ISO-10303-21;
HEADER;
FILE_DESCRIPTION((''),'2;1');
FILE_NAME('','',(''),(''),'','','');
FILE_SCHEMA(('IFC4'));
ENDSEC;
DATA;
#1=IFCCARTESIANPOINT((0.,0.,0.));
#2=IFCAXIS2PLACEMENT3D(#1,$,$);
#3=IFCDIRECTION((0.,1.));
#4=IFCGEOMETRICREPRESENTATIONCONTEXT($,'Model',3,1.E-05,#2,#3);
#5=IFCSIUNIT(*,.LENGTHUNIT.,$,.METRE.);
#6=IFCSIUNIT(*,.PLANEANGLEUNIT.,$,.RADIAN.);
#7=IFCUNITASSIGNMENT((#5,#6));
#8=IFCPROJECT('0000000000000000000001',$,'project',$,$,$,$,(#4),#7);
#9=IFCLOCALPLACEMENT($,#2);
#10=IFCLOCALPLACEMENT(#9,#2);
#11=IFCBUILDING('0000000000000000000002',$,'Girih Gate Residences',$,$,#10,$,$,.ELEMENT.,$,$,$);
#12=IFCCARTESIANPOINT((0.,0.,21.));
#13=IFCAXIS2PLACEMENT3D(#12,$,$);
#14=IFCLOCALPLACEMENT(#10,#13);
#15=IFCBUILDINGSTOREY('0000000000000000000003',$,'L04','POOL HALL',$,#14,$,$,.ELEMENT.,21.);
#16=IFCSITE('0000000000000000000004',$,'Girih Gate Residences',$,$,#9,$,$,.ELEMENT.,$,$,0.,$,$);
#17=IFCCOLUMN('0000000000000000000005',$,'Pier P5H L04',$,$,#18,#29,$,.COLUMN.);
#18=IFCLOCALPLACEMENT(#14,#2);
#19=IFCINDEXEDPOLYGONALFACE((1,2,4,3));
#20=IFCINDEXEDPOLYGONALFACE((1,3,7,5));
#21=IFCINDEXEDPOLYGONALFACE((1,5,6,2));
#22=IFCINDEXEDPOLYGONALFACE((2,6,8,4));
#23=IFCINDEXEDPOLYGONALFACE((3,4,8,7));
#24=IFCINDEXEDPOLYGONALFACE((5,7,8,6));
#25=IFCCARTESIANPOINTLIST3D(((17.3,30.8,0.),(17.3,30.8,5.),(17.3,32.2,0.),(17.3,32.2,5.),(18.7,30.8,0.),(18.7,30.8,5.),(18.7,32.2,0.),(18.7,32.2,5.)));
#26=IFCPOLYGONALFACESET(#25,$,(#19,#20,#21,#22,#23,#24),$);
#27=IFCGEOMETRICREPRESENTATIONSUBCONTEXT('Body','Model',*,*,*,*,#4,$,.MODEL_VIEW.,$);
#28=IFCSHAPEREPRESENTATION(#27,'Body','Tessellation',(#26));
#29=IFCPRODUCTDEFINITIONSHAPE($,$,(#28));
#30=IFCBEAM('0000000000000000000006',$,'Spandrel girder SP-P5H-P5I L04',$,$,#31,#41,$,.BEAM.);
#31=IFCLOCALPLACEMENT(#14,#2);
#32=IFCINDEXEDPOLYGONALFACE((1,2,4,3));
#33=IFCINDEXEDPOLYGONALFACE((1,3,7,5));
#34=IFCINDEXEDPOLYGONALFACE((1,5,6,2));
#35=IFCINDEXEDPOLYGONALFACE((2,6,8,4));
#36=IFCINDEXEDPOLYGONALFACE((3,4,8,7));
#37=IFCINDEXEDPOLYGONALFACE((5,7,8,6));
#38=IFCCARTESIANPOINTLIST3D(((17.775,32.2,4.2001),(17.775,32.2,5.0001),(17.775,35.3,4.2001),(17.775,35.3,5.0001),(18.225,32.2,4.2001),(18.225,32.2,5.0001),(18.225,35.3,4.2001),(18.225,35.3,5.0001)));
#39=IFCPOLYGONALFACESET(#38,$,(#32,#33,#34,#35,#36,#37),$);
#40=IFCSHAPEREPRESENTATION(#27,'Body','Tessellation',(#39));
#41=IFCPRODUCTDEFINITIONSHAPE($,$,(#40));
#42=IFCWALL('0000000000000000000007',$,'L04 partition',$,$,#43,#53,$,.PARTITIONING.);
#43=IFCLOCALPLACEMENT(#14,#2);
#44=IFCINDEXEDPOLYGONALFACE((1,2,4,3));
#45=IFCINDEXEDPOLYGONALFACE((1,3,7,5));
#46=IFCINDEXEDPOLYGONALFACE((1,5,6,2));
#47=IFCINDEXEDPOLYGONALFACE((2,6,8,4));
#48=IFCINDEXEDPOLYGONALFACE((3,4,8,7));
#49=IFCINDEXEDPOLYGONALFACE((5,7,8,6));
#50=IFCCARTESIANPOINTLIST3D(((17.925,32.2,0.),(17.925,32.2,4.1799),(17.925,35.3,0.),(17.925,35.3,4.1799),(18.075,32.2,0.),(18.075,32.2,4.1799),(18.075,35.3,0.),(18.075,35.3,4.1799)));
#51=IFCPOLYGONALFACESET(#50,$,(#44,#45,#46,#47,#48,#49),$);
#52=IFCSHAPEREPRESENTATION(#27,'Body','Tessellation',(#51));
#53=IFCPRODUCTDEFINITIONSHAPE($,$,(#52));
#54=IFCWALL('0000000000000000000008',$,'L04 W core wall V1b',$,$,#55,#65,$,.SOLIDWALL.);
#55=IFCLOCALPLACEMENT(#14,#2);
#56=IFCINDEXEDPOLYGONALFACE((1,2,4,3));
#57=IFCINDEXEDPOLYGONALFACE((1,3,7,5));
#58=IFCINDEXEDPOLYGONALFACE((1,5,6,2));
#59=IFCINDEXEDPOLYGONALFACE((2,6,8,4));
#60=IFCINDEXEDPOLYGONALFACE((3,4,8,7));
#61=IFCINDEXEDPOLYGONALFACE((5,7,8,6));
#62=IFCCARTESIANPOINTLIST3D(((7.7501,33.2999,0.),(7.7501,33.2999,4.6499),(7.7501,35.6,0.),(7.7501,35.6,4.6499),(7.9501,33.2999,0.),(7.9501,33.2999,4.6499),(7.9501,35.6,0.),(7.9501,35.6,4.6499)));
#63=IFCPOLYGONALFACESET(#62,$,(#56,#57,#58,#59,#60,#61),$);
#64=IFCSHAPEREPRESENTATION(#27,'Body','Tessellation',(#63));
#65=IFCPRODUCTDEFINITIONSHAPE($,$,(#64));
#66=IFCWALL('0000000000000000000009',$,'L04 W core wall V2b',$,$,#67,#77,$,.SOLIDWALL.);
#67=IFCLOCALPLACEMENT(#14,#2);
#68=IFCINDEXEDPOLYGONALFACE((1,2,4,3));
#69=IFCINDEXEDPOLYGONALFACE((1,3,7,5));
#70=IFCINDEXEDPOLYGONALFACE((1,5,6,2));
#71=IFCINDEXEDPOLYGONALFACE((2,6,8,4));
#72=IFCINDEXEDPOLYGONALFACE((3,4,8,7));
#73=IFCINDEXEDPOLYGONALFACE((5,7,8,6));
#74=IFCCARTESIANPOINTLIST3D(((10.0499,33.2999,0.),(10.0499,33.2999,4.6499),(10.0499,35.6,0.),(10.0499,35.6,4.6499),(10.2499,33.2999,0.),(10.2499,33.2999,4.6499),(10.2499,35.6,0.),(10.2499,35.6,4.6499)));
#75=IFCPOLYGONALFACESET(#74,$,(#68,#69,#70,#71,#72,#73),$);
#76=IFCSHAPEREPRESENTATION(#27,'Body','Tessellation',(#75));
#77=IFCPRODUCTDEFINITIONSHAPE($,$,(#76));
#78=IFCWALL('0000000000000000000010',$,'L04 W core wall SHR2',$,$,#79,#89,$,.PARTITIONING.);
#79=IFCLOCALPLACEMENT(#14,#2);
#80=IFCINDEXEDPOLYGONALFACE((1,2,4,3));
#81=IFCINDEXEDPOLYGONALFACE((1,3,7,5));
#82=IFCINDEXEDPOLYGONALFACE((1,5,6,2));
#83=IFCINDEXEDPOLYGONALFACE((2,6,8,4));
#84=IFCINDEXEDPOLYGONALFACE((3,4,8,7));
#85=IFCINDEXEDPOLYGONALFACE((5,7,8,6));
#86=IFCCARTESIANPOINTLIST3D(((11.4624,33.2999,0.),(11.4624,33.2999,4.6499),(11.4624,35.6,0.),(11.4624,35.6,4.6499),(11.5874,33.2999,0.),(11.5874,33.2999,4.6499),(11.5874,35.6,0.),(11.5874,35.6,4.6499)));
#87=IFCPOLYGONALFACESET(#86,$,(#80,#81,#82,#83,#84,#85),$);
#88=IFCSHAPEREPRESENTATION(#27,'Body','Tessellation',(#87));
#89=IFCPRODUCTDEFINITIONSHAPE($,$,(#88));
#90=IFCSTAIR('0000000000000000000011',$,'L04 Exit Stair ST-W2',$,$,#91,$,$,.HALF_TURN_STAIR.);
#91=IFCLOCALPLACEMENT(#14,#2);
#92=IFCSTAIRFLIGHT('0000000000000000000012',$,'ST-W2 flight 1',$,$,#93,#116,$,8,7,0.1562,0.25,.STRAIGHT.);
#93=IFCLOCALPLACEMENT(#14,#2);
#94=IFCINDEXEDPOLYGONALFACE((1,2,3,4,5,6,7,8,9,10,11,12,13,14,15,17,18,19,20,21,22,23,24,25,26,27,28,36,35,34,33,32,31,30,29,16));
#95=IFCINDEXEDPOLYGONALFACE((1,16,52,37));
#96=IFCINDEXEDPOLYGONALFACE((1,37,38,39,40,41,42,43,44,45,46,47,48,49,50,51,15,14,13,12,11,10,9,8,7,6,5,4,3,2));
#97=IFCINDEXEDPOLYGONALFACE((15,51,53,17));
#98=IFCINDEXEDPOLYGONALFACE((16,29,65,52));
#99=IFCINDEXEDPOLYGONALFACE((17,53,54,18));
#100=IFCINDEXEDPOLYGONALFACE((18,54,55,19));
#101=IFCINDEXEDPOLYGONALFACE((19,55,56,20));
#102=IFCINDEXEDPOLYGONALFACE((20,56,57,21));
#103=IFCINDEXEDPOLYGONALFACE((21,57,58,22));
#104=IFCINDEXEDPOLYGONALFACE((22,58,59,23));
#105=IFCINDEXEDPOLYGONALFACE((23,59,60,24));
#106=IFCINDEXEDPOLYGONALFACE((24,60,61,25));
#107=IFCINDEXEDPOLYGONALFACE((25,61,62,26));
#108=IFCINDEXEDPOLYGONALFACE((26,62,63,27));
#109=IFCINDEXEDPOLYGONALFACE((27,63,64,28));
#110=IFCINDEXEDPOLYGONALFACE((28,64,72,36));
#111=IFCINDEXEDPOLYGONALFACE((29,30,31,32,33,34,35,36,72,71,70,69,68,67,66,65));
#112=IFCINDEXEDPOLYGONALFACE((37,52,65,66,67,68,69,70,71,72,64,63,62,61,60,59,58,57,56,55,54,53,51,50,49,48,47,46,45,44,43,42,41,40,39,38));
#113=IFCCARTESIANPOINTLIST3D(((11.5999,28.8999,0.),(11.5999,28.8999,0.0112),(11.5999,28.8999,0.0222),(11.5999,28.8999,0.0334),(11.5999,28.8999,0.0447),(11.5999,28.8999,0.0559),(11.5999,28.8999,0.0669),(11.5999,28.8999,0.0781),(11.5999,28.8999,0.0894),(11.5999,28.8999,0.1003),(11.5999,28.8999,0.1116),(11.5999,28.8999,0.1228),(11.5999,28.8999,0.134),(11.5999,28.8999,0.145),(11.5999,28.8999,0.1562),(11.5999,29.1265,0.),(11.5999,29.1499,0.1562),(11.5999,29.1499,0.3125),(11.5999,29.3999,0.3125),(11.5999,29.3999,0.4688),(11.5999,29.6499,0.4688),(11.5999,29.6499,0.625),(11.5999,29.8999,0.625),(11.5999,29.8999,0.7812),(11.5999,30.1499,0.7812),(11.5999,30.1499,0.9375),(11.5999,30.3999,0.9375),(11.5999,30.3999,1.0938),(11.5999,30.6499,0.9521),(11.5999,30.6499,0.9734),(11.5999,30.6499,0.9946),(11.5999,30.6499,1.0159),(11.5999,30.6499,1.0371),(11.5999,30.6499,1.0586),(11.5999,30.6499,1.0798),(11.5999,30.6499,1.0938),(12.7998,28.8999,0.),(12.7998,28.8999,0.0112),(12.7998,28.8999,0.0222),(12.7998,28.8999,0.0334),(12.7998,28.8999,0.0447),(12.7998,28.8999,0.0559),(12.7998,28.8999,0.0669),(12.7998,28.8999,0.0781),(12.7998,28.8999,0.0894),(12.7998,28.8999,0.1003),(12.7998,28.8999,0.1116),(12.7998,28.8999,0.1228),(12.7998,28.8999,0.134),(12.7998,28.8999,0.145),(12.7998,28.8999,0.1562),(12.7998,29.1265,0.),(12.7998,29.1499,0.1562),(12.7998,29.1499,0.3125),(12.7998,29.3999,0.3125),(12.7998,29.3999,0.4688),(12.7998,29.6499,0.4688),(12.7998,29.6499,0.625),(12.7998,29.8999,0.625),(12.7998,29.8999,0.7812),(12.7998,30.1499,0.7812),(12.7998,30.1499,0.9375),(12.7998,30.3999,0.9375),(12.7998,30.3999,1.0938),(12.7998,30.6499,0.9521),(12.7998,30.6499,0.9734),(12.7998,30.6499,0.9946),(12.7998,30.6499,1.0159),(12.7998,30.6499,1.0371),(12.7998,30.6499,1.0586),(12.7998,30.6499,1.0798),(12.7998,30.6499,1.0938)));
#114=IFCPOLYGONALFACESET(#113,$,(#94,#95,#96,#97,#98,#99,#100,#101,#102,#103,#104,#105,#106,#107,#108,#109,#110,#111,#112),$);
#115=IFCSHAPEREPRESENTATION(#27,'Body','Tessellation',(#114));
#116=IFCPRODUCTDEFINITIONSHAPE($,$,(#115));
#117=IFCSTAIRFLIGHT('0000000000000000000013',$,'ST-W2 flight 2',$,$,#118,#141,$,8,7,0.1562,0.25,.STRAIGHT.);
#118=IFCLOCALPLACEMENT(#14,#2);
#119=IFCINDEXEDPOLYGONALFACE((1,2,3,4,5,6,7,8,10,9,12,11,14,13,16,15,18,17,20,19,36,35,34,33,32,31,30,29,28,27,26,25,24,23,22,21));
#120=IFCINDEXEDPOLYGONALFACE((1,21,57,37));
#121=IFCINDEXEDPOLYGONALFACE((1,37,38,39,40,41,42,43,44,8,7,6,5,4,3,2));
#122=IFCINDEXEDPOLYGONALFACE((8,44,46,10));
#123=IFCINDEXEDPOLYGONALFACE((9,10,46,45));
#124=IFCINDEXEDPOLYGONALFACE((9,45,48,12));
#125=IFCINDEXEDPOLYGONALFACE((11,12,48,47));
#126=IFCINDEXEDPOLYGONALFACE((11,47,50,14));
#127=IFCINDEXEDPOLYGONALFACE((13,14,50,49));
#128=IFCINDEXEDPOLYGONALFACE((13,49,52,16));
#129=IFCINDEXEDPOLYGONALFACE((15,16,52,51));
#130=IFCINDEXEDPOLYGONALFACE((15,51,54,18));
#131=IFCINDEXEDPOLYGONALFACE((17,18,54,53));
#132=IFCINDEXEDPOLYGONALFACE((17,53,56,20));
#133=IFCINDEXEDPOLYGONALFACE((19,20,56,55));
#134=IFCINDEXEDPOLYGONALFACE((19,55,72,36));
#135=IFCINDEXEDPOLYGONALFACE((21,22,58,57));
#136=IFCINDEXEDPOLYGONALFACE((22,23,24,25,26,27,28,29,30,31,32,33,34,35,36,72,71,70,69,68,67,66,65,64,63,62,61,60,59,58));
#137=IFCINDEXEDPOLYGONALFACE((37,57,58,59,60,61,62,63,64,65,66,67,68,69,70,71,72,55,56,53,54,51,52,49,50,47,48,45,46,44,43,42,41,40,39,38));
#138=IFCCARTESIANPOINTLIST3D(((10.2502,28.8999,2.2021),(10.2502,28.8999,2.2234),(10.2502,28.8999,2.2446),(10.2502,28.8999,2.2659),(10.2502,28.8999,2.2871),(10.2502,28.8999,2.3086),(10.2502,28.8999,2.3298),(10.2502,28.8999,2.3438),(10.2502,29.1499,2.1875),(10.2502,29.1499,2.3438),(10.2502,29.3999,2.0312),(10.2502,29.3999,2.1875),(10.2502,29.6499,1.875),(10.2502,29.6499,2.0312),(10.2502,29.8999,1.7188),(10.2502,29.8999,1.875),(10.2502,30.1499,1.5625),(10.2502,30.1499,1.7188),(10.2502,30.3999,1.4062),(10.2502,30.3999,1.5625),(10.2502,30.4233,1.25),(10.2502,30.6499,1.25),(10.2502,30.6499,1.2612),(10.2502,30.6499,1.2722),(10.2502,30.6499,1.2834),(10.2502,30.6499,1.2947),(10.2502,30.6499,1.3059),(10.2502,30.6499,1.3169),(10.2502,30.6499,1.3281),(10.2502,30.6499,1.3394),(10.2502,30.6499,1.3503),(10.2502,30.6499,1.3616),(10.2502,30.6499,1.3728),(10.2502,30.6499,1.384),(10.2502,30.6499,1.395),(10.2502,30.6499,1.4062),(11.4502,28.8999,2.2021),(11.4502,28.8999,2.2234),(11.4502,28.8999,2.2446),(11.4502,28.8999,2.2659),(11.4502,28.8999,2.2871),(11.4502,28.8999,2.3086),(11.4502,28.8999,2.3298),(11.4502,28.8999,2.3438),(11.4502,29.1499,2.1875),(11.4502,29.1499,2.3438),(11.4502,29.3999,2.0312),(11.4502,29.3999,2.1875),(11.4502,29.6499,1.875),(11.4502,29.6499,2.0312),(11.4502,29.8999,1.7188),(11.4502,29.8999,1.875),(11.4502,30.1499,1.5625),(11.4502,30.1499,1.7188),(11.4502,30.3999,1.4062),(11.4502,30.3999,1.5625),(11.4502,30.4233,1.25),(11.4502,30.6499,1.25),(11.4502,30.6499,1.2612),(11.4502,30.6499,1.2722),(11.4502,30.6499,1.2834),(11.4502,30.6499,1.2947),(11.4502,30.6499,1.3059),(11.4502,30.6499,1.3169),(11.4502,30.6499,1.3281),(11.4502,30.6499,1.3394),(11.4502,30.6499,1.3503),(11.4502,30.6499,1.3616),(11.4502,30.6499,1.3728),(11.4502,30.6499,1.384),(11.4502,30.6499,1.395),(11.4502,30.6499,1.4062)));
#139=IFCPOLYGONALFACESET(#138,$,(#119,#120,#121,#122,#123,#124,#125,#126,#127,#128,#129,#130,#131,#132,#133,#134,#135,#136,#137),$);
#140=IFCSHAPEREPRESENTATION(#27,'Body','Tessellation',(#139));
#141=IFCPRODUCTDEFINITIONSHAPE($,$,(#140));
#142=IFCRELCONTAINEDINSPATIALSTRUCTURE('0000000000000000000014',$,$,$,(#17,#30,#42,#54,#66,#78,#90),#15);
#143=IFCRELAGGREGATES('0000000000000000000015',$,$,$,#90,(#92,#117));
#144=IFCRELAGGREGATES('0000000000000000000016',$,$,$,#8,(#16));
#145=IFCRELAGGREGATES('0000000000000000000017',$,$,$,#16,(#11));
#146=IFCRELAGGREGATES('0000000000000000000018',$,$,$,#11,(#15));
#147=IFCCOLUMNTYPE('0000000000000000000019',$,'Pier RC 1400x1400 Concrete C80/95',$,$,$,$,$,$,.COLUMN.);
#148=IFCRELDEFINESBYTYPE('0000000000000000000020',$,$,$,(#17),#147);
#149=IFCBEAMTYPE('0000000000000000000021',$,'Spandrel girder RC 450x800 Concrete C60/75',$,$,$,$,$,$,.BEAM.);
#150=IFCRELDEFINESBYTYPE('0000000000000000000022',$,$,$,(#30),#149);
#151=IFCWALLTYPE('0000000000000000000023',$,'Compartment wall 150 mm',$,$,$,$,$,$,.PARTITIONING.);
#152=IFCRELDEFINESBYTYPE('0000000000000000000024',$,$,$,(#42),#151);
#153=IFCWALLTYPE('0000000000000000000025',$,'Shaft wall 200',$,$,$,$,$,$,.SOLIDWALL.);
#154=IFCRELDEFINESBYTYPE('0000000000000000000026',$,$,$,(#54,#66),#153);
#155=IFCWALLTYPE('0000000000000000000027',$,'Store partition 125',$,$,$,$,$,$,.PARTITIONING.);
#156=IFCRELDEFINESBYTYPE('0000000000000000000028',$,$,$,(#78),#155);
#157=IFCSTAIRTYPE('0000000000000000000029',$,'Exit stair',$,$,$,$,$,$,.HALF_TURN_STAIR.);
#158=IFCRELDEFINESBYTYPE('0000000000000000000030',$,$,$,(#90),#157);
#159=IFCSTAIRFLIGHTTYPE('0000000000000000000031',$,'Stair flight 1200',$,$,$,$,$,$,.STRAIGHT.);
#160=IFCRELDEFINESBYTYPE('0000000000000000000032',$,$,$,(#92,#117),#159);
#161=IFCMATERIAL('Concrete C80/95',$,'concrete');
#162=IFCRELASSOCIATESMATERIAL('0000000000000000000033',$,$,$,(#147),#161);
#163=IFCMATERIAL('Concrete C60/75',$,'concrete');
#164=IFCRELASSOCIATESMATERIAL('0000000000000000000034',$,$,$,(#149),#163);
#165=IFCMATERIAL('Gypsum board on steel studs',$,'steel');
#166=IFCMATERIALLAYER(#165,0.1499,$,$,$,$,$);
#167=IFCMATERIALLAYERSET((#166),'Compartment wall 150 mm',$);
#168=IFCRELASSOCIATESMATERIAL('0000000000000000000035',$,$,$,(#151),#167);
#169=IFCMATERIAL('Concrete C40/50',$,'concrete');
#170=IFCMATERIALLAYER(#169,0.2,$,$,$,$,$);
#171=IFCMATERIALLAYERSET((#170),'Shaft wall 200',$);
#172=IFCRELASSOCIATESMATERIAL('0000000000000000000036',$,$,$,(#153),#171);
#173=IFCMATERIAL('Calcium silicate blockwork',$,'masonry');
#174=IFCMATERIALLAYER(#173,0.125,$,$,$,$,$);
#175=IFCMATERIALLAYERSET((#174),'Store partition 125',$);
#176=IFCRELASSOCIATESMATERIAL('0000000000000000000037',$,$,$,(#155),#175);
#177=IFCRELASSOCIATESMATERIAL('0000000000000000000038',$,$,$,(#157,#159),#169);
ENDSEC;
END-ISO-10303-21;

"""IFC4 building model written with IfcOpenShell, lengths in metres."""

from ifc_helpers import new_model, si_unit, direction, frame, frame_2d, origin, origin_2d, place, context, subcontext, project, spatial, polyline, rectangle, outline, extrude, material, layer, layer_set, material_profile, profile_set, type_object, element, aggregate, save


model = new_model("IFC4")

# Units and contexts
model_context = context("Model", 3, precision=1e-05, world=origin(), true_north=direction((0.0, 1.0)))
body_context = subcontext(model_context, "Body", "Model", "MODEL_VIEW")
ifc_project = project(units=[si_unit("LENGTHUNIT", "METRE"), si_unit("PLANEANGLEUNIT", "RADIAN")], contexts=[model_context])

# Site, building, storey
site_placement = place(None, origin())
site = spatial("IfcSite", under=ifc_project, at=site_placement, Name="Girih Gate Residences", CompositionType="ELEMENT", RefElevation=0.0)
building_placement = place(site_placement, origin())
building = spatial("IfcBuilding", under=site, at=building_placement, Name="Girih Gate Residences", CompositionType="ELEMENT")
storey_placement = place(building_placement, frame((0.0, 0.0, 21.0)))
storey = spatial("IfcBuildingStorey", under=building, at=storey_placement, Name="L04", Description="POOL HALL", CompositionType="ELEMENT", Elevation=21.0)

# Column
ifc_material_1 = material(Name="Concrete C80/95", Category="concrete")
ifc_material_profile_1 = material_profile(ifc_material_1, rectangle(XDim=1.3999, YDim=1.3999, at=origin_2d()))
ifc_profile_set_1 = profile_set([ifc_material_profile_1], Name="Concrete C80/95")
column_type = type_object("IfcColumnType", Name="Pier RC 1400x1400 Concrete C80/95", PredefinedType="COLUMN", material=ifc_profile_set_1)
column_placement = place(storey_placement, frame((18.0, 31.5, 0.0), z_axis=(0.0, 0.0, 1.0), x_axis=(1.0, 0.0, 0.0)))
element("IfcColumn", 1, at=column_placement, inside=storey, type_object=column_type, Name="Pier P5H L04", PredefinedType="COLUMN", context=body_context, shape_type="SweptSolid", body=[
    extrude(rectangle(XDim=1.3999, YDim=1.3999, at=origin_2d()), origin(), (0.0, 0.0, 1.0), 5.0),
])

# Beam
ifc_material_2 = material(Name="Concrete C60/75", Category="concrete")
ifc_material_profile_2 = material_profile(ifc_material_2, rectangle(XDim=0.45, YDim=0.8, at=origin_2d()))
ifc_profile_set_2 = profile_set([ifc_material_profile_2], Name="Concrete C60/75")
beam_type = type_object("IfcBeamType", Name="Spandrel girder RC 450x800 Concrete C60/75", PredefinedType="BEAM", material=ifc_profile_set_2)
beam_placement = place(storey_placement, frame((18.0, 32.2, 4.6001), z_axis=(0.0, 1.0, 0.0), x_axis=(-1.0, 0.0, 0.0)))
element("IfcBeam", 2, at=beam_placement, inside=storey, type_object=beam_type, Name="Spandrel girder SP-P5H-P5I L04", PredefinedType="BEAM", context=body_context, shape_type="SweptSolid", body=[
    extrude(rectangle(XDim=0.45, YDim=0.8, at=origin_2d()), origin(), (0.0, 0.0, 1.0), 3.1001),
])

# Walls
ifc_material_3 = material(Name="Gypsum board on steel studs", Category="steel")
ifc_layer_1 = layer(ifc_material_3, 0.1499)
ifc_layer_set_1 = layer_set([ifc_layer_1], Name="Compartment wall 150 mm")
wall_type_1 = type_object("IfcWallType", Name="Compartment wall 150 mm", PredefinedType="PARTITIONING", material=ifc_layer_set_1)
wall_1_placement = place(storey_placement, frame((18.0, 32.2, 0.0), z_axis=(0.0, 0.0, 1.0), x_axis=(0.0, 1.0, 0.0)))
element("IfcWall", 3, at=wall_1_placement, inside=storey, type_object=wall_type_1, Name="L04 partition", PredefinedType="PARTITIONING", context=body_context, shape_type="SweptSolid", body=[
    extrude(rectangle(XDim=3.1001, YDim=0.1499, at=frame_2d((1.55, 0.0))), origin(), (0.0, 0.0, 1.0), 4.1799),
])
ifc_material_4 = material(Name="Concrete C40/50", Category="concrete")
ifc_layer_2 = layer(ifc_material_4, 0.2)
ifc_layer_set_2 = layer_set([ifc_layer_2], Name="Shaft wall 200")
wall_type_2 = type_object("IfcWallType", Name="Shaft wall 200", PredefinedType="SOLIDWALL", material=ifc_layer_set_2)
for number, where, z_axis, x_axis, name in (
    (4, (7.8501, 33.3, 0.0), (0.0, 0.0, 1.0), (0.0, 1.0, 0.0), "L04 W core wall V1b"),
    (5, (10.1499, 33.3, 0.0), (0.0, 0.0, 1.0), (0.0, 1.0, 0.0), "L04 W core wall V2b"),
):
    element("IfcWall", number, at=place(storey_placement, frame(where, z_axis=z_axis, x_axis=x_axis)), inside=storey, type_object=wall_type_2, Name=name, PredefinedType="SOLIDWALL", context=body_context, shape_type="SweptSolid", body=[
        extrude(rectangle(XDim=2.3, YDim=0.2, at=frame_2d((1.1499, 0.0))), origin(), (0.0, 0.0, 1.0), 4.6499),
    ])
ifc_material_5 = material(Name="Calcium silicate blockwork", Category="masonry")
ifc_layer_3 = layer(ifc_material_5, 0.125)
ifc_layer_set_3 = layer_set([ifc_layer_3], Name="Store partition 125")
wall_type_3 = type_object("IfcWallType", Name="Store partition 125", PredefinedType="PARTITIONING", material=ifc_layer_set_3)
wall_2_placement = place(storey_placement, frame((11.5249, 33.3, 0.0), z_axis=(0.0, 0.0, 1.0), x_axis=(0.0, 1.0, 0.0)))
element("IfcWall", 6, at=wall_2_placement, inside=storey, type_object=wall_type_3, Name="L04 W core wall SHR2", PredefinedType="PARTITIONING", context=body_context, shape_type="SweptSolid", body=[
    extrude(rectangle(XDim=2.3, YDim=0.125, at=frame_2d((1.1499, 0.0))), origin(), (0.0, 0.0, 1.0), 4.6499),
])

# Stair, stair flights
stair_type = type_object("IfcStairType", Name="Exit stair", PredefinedType="HALF_TURN_STAIR", material=ifc_material_4)
stair_placement = place(storey_placement, origin())
stair = element("IfcStair", 7, at=stair_placement, inside=storey, type_object=stair_type, Name="L04 Exit Stair ST-W2", PredefinedType="HALF_TURN_STAIR")
stair_flight_type = type_object("IfcStairFlightType", Name="Stair flight 1200", PredefinedType="STRAIGHT", material=ifc_material_4)
stair_flight_1_placement = place(storey_placement, frame((12.2, 28.8999, 0.0), z_axis=(0.0, 0.0, 1.0), x_axis=(0.0, 1.0, 0.0)))
stair_flight_1 = element("IfcStairFlight", 8, at=stair_flight_1_placement, type_object=stair_flight_type, Name="ST-W2 flight 1", NumberOfRisers=8, NumberOfTreads=7, PredefinedType="STRAIGHT", RiserHeight=0.1562, TreadLength=0.25, context=body_context, shape_type="SweptSolid", body=[
    extrude(outline(polyline([(0.0, 0.0), (0.0, 0.0112), (0.0, 0.0222), (0.0, 0.0334), (0.0, 0.0447), (0.0, 0.0559), (0.0, 0.0669), (0.0, 0.0781), (0.0, 0.0894), (0.0, 0.1003), (0.0, 0.1116), (0.0, 0.1228), (0.0, 0.134), (0.0, 0.145), (0.0, 0.1562), (0.25, 0.1562), (0.25, 0.3125), (0.5, 0.3125), (0.5, 0.4688), (0.75, 0.4688), (0.75, 0.625), (1.0, 0.625), (1.0, 0.7812), (1.25, 0.7812), (1.25, 0.9375), (1.5, 0.9375), (1.5, 1.0938), (1.75, 1.0938), (1.75, 1.105), (1.75, 1.116), (1.75, 1.1272), (1.75, 1.1384), (1.75, 1.1497), (1.75, 1.1606), (1.75, 1.1719), (1.75, 1.1831), (1.75, 1.1941), (1.75, 1.2053), (1.75, 1.2166), (1.75, 1.2278), (1.75, 1.2388), (1.75, 1.25), (1.75, 1.2288), (1.75, 1.2075), (1.75, 1.1863), (1.75, 1.1648), (1.75, 1.1436), (1.75, 1.1223), (1.75, 1.1011), (1.75, 1.0798), (1.75, 1.0586), (1.75, 1.0371), (1.75, 1.0159), (1.75, 0.9946), (1.75, 0.9734), (1.75, 0.9521), (0.2266, 0.0), (0.0, 0.0)])), frame((0.0, 0.6001, 0.0), z_axis=(0.0, -1.0, 0.0), x_axis=(1.0, 0.0, 0.0)), (0.0, 0.0, 1.0), 1.2),
])
stair_flight_2_placement = place(storey_placement, frame((10.8501, 30.6499, 1.25), z_axis=(0.0, 0.0, 1.0), x_axis=(0.0, -1.0, 0.0)))
stair_flight_2 = element("IfcStairFlight", 9, at=stair_flight_2_placement, type_object=stair_flight_type, Name="ST-W2 flight 2", NumberOfRisers=8, NumberOfTreads=7, PredefinedType="STRAIGHT", RiserHeight=0.1562, TreadLength=0.25, context=body_context, shape_type="SweptSolid", body=[
    extrude(outline(polyline([(0.0, 0.0), (0.0, 0.0112), (0.0, 0.0222), (0.0, 0.0334), (0.0, 0.0447), (0.0, 0.0559), (0.0, 0.0669), (0.0, 0.0781), (0.0, 0.0894), (0.0, 0.1003), (0.0, 0.1116), (0.0, 0.1228), (0.0, 0.134), (0.0, 0.145), (0.0, 0.1562), (0.25, 0.1562), (0.25, 0.3125), (0.5, 0.3125), (0.5, 0.4688), (0.75, 0.4688), (0.75, 0.625), (1.0, 0.625), (1.0, 0.7812), (1.25, 0.7812), (1.25, 0.9375), (1.5, 0.9375), (1.5, 1.0938), (1.75, 1.0938), (1.75, 1.105), (1.75, 1.116), (1.75, 1.1272), (1.75, 1.1384), (1.75, 1.1497), (1.75, 1.1606), (1.75, 1.1719), (1.75, 1.1831), (1.75, 1.1941), (1.75, 1.2053), (1.75, 1.2166), (1.75, 1.2278), (1.75, 1.2388), (1.75, 1.25), (1.75, 1.2288), (1.75, 1.2075), (1.75, 1.1863), (1.75, 1.1648), (1.75, 1.1436), (1.75, 1.1223), (1.75, 1.1011), (1.75, 1.0798), (1.75, 1.0586), (1.75, 1.0371), (1.75, 1.0159), (1.75, 0.9946), (1.75, 0.9734), (1.75, 0.9521), (0.2266, 0.0), (0.0, 0.0)])), frame((0.0, 0.6001, 0.0), z_axis=(0.0, -1.0, 0.0), x_axis=(1.0, 0.0, 0.0)), (0.0, 0.0, 1.0), 1.2),
])
aggregate(stair, [stair_flight_1, stair_flight_2])

save(model, "model.ifc")
